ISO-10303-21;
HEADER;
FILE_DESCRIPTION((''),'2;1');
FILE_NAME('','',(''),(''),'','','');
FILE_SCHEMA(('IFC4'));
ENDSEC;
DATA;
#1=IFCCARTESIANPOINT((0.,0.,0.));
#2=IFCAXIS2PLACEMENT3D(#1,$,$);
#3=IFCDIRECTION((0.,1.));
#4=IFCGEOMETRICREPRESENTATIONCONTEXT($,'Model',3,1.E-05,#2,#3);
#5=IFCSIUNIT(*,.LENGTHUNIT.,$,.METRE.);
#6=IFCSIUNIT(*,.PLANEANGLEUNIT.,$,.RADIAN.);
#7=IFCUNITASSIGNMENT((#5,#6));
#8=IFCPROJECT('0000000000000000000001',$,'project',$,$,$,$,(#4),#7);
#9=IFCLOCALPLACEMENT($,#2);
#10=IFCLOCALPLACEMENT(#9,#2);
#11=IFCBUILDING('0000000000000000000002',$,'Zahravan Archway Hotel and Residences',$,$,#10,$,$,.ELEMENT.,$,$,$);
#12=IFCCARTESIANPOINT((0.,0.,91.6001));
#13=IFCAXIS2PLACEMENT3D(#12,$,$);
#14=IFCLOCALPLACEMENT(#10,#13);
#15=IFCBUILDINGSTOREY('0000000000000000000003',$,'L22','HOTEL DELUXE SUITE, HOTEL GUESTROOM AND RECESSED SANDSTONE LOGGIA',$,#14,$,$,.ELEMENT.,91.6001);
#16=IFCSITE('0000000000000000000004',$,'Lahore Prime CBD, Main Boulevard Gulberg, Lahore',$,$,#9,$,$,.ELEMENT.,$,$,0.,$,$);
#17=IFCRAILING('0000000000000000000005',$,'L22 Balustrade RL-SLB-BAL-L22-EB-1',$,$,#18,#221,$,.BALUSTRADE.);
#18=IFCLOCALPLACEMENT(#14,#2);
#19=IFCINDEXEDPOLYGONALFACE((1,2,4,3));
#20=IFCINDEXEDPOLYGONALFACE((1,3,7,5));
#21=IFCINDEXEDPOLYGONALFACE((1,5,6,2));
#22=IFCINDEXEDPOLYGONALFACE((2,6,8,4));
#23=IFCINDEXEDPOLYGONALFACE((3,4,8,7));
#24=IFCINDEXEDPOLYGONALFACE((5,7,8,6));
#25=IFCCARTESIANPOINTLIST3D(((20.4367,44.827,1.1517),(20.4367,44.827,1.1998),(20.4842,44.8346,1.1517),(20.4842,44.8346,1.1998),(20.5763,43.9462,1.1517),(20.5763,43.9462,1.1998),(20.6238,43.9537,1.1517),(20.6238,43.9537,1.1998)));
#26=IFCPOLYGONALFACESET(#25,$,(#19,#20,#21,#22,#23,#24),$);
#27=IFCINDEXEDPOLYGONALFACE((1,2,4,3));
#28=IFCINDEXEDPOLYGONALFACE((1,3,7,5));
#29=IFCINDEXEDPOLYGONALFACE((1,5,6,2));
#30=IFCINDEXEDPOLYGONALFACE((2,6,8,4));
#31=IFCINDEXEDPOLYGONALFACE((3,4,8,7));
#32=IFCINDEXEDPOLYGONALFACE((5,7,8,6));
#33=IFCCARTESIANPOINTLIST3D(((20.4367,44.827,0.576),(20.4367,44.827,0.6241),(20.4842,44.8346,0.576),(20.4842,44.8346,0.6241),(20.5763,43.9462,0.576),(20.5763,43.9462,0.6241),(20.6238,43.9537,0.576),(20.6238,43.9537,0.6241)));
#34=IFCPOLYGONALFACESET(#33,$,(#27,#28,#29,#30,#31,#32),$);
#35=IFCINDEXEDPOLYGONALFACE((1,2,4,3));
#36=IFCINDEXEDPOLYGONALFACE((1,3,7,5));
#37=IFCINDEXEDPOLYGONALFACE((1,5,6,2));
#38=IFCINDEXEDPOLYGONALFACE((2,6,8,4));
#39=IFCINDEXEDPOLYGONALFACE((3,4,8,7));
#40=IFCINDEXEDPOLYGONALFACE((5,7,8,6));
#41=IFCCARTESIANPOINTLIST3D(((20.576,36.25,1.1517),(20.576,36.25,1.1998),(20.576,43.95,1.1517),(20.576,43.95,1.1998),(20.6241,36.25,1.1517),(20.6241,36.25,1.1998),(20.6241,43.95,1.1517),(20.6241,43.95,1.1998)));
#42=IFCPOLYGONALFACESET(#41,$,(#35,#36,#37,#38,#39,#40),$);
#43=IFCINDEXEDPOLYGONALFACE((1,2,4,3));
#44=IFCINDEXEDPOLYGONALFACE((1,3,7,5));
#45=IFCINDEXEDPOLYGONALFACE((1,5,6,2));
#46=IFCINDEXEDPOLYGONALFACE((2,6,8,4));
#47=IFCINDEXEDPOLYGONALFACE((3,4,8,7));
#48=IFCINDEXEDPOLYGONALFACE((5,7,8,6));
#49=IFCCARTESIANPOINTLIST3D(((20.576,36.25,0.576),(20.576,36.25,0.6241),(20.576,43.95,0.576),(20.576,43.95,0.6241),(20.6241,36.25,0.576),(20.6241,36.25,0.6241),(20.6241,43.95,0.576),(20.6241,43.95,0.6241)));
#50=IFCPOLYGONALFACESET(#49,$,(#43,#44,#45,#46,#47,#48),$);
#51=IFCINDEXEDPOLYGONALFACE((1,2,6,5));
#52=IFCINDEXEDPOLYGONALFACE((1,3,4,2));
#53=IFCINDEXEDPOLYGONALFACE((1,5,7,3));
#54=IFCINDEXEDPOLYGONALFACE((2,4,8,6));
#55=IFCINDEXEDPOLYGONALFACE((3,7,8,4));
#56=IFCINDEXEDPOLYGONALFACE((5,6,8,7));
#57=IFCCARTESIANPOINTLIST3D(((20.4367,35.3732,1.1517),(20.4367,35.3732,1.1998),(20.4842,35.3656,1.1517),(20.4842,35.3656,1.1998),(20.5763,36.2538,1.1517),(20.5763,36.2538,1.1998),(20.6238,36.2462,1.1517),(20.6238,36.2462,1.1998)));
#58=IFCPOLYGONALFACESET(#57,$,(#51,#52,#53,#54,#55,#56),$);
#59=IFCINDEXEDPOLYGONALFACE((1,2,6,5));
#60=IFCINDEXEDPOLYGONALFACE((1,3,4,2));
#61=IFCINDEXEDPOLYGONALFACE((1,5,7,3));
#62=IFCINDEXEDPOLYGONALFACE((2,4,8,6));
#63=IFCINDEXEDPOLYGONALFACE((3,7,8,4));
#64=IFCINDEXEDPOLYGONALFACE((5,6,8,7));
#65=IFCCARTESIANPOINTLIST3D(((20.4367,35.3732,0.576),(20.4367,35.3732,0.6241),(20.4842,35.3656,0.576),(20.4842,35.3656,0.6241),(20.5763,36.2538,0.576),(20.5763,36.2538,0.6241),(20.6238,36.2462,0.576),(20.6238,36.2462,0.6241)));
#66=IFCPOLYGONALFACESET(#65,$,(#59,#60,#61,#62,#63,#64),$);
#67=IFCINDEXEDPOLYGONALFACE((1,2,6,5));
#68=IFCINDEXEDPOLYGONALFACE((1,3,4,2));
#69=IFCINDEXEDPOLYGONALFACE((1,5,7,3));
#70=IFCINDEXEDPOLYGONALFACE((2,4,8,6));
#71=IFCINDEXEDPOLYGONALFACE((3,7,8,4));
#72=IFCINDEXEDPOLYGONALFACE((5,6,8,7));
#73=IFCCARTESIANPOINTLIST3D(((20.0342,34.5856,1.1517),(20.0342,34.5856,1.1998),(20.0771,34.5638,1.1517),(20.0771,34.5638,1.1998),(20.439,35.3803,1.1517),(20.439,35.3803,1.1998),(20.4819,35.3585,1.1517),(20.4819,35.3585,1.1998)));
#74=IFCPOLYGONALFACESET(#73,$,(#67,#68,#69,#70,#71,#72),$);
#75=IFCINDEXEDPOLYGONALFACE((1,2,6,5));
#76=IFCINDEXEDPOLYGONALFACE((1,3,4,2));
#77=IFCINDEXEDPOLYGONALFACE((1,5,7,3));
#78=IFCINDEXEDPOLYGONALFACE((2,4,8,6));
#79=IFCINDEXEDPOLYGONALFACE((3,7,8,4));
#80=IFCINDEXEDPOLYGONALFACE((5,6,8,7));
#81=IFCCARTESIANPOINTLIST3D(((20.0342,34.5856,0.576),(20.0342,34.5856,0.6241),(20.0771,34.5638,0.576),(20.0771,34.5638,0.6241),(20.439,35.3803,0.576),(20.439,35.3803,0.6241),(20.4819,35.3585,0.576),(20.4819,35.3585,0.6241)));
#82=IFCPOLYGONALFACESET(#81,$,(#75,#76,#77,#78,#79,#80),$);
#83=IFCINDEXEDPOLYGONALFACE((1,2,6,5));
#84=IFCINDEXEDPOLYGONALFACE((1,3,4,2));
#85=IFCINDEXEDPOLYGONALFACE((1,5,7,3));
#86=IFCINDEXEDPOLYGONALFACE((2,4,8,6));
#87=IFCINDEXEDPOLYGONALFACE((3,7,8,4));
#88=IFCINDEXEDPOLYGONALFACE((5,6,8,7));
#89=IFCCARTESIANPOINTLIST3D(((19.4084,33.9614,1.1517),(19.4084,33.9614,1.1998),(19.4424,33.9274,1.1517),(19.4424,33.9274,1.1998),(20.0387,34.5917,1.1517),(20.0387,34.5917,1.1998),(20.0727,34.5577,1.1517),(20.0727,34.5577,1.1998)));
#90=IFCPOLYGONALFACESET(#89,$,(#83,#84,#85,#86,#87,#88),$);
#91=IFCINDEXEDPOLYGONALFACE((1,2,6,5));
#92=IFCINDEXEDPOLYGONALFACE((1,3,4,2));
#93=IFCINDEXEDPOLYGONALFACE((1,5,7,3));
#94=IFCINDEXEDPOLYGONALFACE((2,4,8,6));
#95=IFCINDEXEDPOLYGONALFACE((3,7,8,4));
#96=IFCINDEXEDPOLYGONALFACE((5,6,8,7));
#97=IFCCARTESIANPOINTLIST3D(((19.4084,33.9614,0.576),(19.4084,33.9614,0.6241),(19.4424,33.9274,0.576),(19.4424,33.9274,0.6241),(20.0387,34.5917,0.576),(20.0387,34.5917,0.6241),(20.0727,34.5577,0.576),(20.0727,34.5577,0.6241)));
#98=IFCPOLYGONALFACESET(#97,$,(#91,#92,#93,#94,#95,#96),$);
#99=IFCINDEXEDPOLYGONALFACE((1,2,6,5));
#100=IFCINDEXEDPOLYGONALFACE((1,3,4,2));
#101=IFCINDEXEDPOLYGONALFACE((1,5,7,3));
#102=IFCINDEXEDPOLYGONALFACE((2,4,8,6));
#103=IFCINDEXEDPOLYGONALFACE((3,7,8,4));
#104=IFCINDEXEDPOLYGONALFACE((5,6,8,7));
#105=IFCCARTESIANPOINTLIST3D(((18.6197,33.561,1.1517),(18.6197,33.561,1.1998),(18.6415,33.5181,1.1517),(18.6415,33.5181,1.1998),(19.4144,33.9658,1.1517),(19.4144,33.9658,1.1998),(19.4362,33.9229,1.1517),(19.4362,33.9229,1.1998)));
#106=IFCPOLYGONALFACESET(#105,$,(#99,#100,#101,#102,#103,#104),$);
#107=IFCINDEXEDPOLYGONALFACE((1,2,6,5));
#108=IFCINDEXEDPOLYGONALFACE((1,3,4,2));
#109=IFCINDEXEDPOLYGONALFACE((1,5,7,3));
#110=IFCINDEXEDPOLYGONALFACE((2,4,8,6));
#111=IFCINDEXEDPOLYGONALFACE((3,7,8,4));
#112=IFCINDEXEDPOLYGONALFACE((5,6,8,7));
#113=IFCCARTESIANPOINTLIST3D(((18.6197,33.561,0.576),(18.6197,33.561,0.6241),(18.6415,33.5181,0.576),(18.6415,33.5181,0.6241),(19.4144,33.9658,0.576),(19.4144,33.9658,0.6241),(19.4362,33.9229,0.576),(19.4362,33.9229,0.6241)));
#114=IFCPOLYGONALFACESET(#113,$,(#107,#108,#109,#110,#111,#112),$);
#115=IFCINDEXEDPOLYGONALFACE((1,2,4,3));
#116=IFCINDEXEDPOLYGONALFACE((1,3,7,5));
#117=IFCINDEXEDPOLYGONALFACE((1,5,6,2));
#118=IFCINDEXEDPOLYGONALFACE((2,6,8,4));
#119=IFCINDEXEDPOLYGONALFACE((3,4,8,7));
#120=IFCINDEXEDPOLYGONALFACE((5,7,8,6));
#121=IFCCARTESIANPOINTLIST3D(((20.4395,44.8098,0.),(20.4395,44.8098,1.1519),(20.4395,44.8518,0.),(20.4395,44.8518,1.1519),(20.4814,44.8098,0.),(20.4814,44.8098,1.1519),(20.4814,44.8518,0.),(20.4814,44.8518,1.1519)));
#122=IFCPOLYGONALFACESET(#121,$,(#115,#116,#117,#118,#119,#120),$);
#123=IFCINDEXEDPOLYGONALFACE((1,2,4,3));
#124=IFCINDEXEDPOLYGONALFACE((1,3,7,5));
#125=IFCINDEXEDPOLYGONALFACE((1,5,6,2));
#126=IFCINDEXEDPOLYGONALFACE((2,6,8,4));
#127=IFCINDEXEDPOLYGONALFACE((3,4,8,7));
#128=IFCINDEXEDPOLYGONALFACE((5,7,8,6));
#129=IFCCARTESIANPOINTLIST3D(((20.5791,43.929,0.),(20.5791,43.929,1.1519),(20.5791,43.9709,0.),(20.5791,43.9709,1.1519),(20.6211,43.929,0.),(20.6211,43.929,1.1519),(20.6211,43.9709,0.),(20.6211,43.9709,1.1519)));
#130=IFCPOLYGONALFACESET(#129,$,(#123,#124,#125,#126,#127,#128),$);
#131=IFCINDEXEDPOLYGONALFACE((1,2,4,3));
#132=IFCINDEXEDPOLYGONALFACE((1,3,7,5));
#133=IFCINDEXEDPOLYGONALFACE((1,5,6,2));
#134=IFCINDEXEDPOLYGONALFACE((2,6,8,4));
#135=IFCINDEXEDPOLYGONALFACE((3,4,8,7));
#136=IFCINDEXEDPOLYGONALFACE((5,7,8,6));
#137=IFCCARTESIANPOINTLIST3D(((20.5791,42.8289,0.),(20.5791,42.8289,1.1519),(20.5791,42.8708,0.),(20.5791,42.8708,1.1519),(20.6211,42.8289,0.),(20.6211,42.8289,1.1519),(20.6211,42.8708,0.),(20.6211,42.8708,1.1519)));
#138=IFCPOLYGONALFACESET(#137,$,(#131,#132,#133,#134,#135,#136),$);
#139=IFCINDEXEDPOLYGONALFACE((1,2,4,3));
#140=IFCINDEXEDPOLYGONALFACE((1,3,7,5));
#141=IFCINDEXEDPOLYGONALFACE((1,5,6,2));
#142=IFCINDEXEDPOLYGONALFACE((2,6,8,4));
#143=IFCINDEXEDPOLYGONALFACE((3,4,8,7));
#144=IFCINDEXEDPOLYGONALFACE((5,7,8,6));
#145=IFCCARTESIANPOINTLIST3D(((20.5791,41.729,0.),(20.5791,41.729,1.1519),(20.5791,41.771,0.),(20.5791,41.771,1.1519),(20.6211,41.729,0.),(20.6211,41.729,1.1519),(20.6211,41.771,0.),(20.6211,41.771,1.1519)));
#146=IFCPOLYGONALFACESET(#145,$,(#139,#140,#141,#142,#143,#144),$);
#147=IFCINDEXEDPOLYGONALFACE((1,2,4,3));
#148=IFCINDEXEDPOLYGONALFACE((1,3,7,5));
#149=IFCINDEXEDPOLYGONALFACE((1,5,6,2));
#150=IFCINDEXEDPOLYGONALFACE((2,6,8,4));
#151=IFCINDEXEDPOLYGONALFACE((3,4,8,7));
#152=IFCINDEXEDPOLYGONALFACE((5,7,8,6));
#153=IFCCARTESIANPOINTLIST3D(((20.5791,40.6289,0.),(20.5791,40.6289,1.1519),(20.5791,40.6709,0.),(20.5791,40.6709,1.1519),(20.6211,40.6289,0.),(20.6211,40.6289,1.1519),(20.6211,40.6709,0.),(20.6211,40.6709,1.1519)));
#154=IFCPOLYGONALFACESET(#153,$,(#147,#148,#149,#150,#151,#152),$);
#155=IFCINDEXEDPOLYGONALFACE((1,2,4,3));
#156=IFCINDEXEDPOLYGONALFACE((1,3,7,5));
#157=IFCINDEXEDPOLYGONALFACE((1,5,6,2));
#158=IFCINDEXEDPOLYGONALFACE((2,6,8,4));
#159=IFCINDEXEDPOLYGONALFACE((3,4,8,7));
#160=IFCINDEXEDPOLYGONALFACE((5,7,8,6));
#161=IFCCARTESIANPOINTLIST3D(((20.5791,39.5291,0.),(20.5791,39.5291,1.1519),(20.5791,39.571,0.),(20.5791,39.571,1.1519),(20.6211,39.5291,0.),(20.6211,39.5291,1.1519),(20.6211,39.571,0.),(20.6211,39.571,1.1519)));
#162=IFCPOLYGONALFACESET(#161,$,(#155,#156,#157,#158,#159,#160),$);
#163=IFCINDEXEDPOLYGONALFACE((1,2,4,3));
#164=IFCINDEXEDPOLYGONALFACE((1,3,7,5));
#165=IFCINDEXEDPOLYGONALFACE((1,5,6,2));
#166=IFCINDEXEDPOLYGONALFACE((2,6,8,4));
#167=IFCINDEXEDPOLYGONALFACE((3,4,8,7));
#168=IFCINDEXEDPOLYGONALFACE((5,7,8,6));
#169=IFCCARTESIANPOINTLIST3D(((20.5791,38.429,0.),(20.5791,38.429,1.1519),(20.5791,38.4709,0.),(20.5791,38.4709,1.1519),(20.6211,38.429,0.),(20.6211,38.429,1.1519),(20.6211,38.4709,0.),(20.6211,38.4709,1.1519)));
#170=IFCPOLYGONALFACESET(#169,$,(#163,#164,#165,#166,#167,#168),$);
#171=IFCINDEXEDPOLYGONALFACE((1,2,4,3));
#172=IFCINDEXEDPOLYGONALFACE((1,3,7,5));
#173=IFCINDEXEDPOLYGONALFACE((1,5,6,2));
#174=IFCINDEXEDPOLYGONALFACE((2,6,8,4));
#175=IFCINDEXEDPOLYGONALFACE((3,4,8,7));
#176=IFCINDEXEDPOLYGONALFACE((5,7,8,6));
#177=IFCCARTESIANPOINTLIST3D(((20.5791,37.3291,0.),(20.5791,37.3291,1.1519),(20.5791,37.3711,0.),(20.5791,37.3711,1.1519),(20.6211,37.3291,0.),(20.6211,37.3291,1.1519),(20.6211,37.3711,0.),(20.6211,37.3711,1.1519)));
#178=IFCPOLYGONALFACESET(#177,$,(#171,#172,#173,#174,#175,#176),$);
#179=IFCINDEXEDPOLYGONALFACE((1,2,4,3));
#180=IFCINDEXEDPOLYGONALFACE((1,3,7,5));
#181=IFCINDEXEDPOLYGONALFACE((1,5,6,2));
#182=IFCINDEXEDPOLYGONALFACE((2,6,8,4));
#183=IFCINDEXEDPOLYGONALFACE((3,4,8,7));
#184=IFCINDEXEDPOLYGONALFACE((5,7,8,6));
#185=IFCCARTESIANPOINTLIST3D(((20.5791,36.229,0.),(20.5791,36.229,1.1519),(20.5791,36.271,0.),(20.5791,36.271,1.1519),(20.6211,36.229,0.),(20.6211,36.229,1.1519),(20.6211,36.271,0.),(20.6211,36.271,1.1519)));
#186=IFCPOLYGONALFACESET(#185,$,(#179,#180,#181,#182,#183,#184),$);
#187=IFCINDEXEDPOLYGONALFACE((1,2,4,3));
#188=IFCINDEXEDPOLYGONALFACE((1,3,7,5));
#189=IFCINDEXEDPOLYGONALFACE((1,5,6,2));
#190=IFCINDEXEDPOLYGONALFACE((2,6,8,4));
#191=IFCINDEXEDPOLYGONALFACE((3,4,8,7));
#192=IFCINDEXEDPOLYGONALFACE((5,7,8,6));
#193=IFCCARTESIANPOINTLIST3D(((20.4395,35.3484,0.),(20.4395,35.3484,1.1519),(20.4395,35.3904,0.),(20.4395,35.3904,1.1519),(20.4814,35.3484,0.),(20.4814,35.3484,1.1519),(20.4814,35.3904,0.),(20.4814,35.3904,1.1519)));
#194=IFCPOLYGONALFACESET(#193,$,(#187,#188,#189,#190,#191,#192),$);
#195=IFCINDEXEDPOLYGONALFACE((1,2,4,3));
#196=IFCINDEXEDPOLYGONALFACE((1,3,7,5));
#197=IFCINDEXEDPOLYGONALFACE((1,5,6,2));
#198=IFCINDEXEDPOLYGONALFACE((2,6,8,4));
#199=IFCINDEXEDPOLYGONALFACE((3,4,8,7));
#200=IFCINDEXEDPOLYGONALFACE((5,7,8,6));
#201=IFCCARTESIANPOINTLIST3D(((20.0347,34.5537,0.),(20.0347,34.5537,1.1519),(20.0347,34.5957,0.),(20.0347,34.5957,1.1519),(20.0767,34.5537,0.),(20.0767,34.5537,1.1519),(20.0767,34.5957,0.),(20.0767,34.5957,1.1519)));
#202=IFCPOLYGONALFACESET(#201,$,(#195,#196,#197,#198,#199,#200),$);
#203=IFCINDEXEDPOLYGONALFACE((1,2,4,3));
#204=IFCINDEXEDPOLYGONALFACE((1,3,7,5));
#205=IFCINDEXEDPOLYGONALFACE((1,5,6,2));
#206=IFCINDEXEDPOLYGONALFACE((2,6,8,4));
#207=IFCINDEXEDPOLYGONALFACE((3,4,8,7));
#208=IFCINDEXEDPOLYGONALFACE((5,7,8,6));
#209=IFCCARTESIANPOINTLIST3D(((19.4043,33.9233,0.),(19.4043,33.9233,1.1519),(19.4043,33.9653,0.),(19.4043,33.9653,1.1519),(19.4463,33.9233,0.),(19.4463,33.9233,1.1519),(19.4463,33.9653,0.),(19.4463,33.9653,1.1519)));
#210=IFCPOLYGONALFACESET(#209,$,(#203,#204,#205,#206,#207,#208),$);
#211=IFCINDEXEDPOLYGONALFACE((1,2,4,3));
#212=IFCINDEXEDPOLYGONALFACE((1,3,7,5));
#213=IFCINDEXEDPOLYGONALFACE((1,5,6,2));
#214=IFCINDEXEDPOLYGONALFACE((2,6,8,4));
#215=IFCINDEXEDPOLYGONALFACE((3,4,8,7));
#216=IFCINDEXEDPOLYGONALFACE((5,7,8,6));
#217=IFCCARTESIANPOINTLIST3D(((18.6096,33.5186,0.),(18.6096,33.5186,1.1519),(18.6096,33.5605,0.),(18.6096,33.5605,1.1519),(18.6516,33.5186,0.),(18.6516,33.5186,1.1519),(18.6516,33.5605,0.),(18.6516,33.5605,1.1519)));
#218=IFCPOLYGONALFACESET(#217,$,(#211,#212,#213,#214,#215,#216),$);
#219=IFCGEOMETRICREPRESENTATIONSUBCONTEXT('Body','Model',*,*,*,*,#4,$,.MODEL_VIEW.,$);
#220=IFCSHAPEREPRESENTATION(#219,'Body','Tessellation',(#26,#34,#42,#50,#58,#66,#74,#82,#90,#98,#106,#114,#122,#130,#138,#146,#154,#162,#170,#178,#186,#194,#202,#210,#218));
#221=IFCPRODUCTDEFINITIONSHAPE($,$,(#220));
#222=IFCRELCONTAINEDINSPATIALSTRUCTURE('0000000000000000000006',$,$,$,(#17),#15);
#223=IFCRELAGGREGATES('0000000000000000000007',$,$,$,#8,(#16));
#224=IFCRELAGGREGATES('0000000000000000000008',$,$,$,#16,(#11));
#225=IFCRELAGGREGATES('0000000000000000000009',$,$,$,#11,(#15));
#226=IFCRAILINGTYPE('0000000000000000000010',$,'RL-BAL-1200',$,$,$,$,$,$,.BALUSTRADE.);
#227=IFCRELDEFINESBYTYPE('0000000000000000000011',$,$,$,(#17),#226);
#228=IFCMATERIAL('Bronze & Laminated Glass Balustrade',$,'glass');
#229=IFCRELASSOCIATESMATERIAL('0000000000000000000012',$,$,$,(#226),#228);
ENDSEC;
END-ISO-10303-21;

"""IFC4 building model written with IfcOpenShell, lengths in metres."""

from ifc_helpers import new_model, si_unit, direction, frame, origin, origin_2d, place, context, subcontext, project, spatial, rectangle, extrude, material, type_object, element, save


model = new_model("IFC4")

# Units and contexts
model_context = context("Model", 3, precision=1e-05, world=origin(), true_north=direction((0.0, 1.0)))
body_context = subcontext(model_context, "Body", "Model", "MODEL_VIEW")
ifc_project = project(units=[si_unit("LENGTHUNIT", "METRE"), si_unit("PLANEANGLEUNIT", "RADIAN")], contexts=[model_context])

# Site, building, storey
site_placement = place(None, origin())
site = spatial("IfcSite", under=ifc_project, at=site_placement, Name="Lahore Prime CBD, Main Boulevard Gulberg, Lahore", CompositionType="ELEMENT", RefElevation=0.0)
building_placement = place(site_placement, origin())
building = spatial("IfcBuilding", under=site, at=building_placement, Name="Zahravan Archway Hotel and Residences", CompositionType="ELEMENT")
storey_placement = place(building_placement, frame((0.0, 0.0, 91.6001)))
storey = spatial("IfcBuildingStorey", under=building, at=storey_placement, Name="L22", Description="HOTEL DELUXE SUITE, HOTEL GUESTROOM AND RECESSED SANDSTONE LOGGIA", CompositionType="ELEMENT", Elevation=91.6001)

# Railing
ifc_material_1 = material(Name="Bronze & Laminated Glass Balustrade", Category="glass")
railing_type = type_object("IfcRailingType", Name="RL-BAL-1200", PredefinedType="BALUSTRADE", material=ifc_material_1)
railing_placement = place(storey_placement, frame((20.4604, 44.8308, 0.0)))
element("IfcRailing", 1, at=railing_placement, inside=storey, type_object=railing_type, Name="L22 Balustrade RL-SLB-BAL-L22-EB-1", PredefinedType="BALUSTRADE", context=body_context, shape_type="SweptSolid", body=[
    extrude(rectangle(XDim=0.0481, YDim=0.0481, at=origin_2d()), frame((0.0, 0.0, 1.1758), z_axis=(0.156581, -0.987665, 0.0), x_axis=(0.987665, 0.156581, 0.0)), (0.0, 0.0, 1.0), 0.8918),
    extrude(rectangle(XDim=0.0481, YDim=0.0481, at=origin_2d()), frame((0.0, 0.0, 0.6001), z_axis=(0.156581, -0.987665, 0.0), x_axis=(0.987665, 0.156581, 0.0)), (0.0, 0.0, 1.0), 0.8918),
    extrude(rectangle(XDim=0.0481, YDim=0.0481, at=origin_2d()), frame((0.1396, -0.8809, 1.1758), z_axis=(0.0, -1.0, 0.0), x_axis=(1.0, 0.0, 0.0)), (0.0, 0.0, 1.0), 7.7),
    extrude(rectangle(XDim=0.0481, YDim=0.0481, at=origin_2d()), frame((0.1396, -0.8809, 0.6001), z_axis=(0.0, -1.0, 0.0), x_axis=(1.0, 0.0, 0.0)), (0.0, 0.0, 1.0), 7.7),
    extrude(rectangle(XDim=0.0481, YDim=0.0481, at=origin_2d()), frame((0.1396, -8.5808, 1.1758), z_axis=(-0.156623, -0.987658, 0.0), x_axis=(0.987658, -0.156623, 0.0)), (0.0, 0.0, 1.0), 0.8916),
    extrude(rectangle(XDim=0.0481, YDim=0.0481, at=origin_2d()), frame((0.1396, -8.5808, 0.6001), z_axis=(-0.156623, -0.987658, 0.0), x_axis=(0.987658, -0.156623, 0.0)), (0.0, 0.0, 1.0), 0.8916),
    extrude(rectangle(XDim=0.0481, YDim=0.0481, at=origin_2d()), frame((0.0, -9.4614, 1.1758), z_axis=(-0.453881, -0.891062, 0.0), x_axis=(0.891062, -0.453881, 0.0)), (0.0, 0.0, 1.0), 0.8918),
    extrude(rectangle(XDim=0.0481, YDim=0.0481, at=origin_2d()), frame((0.0, -9.4614, 0.6001), z_axis=(-0.453881, -0.891062, 0.0), x_axis=(0.891062, -0.453881, 0.0)), (0.0, 0.0, 1.0), 0.8918),
    extrude(rectangle(XDim=0.0481, YDim=0.0481, at=origin_2d()), frame((-0.4048, -10.2561, 1.1758), z_axis=(-0.707107, -0.707107, 0.0), x_axis=(0.707107, -0.707107, 0.0)), (0.0, 0.0, 1.0), 0.8914),
    extrude(rectangle(XDim=0.0481, YDim=0.0481, at=origin_2d()), frame((-0.4048, -10.2561, 0.6001), z_axis=(-0.707107, -0.707107, 0.0), x_axis=(0.707107, -0.707107, 0.0)), (0.0, 0.0, 1.0), 0.8914),
    extrude(rectangle(XDim=0.0481, YDim=0.0481, at=origin_2d()), frame((-1.0352, -10.8865, 1.1758), z_axis=(-0.891062, -0.453881, 0.0), x_axis=(0.453881, -0.891062, 0.0)), (0.0, 0.0, 1.0), 0.8918),
    extrude(rectangle(XDim=0.0481, YDim=0.0481, at=origin_2d()), frame((-1.0352, -10.8865, 0.6001), z_axis=(-0.891062, -0.453881, 0.0), x_axis=(0.453881, -0.891062, 0.0)), (0.0, 0.0, 1.0), 0.8918),
    extrude(rectangle(XDim=0.042, YDim=0.042, at=origin_2d()), origin(), (0.0, 0.0, 1.0), 1.1519),
    extrude(rectangle(XDim=0.042, YDim=0.042, at=origin_2d()), frame((0.1396, -0.8809, 0.0)), (0.0, 0.0, 1.0), 1.1519),
    extrude(rectangle(XDim=0.042, YDim=0.042, at=origin_2d()), frame((0.1396, -1.981, 0.0)), (0.0, 0.0, 1.0), 1.1519),
    extrude(rectangle(XDim=0.042, YDim=0.042, at=origin_2d()), frame((0.1396, -3.0808, 0.0)), (0.0, 0.0, 1.0), 1.1519),
    extrude(rectangle(XDim=0.042, YDim=0.042, at=origin_2d()), frame((0.1396, -4.1809, 0.0)), (0.0, 0.0, 1.0), 1.1519),
    extrude(rectangle(XDim=0.042, YDim=0.042, at=origin_2d()), frame((0.1396, -5.2808, 0.0)), (0.0, 0.0, 1.0), 1.1519),
    extrude(rectangle(XDim=0.042, YDim=0.042, at=origin_2d()), frame((0.1396, -6.3809, 0.0)), (0.0, 0.0, 1.0), 1.1519),
    extrude(rectangle(XDim=0.042, YDim=0.042, at=origin_2d()), frame((0.1396, -7.4807, 0.0)), (0.0, 0.0, 1.0), 1.1519),
    extrude(rectangle(XDim=0.042, YDim=0.042, at=origin_2d()), frame((0.1396, -8.5808, 0.0)), (0.0, 0.0, 1.0), 1.1519),
    extrude(rectangle(XDim=0.042, YDim=0.042, at=origin_2d()), frame((0.0, -9.4614, 0.0)), (0.0, 0.0, 1.0), 1.1519),
    extrude(rectangle(XDim=0.042, YDim=0.042, at=origin_2d()), frame((-0.4048, -10.2561, 0.0)), (0.0, 0.0, 1.0), 1.1519),
    extrude(rectangle(XDim=0.042, YDim=0.042, at=origin_2d()), frame((-1.0352, -10.8865, 0.0)), (0.0, 0.0, 1.0), 1.1519),
    extrude(rectangle(XDim=0.042, YDim=0.042, at=origin_2d()), frame((-1.8298, -11.2913, 0.0)), (0.0, 0.0, 1.0), 1.1519),
])

save(model, "model.ifc")
